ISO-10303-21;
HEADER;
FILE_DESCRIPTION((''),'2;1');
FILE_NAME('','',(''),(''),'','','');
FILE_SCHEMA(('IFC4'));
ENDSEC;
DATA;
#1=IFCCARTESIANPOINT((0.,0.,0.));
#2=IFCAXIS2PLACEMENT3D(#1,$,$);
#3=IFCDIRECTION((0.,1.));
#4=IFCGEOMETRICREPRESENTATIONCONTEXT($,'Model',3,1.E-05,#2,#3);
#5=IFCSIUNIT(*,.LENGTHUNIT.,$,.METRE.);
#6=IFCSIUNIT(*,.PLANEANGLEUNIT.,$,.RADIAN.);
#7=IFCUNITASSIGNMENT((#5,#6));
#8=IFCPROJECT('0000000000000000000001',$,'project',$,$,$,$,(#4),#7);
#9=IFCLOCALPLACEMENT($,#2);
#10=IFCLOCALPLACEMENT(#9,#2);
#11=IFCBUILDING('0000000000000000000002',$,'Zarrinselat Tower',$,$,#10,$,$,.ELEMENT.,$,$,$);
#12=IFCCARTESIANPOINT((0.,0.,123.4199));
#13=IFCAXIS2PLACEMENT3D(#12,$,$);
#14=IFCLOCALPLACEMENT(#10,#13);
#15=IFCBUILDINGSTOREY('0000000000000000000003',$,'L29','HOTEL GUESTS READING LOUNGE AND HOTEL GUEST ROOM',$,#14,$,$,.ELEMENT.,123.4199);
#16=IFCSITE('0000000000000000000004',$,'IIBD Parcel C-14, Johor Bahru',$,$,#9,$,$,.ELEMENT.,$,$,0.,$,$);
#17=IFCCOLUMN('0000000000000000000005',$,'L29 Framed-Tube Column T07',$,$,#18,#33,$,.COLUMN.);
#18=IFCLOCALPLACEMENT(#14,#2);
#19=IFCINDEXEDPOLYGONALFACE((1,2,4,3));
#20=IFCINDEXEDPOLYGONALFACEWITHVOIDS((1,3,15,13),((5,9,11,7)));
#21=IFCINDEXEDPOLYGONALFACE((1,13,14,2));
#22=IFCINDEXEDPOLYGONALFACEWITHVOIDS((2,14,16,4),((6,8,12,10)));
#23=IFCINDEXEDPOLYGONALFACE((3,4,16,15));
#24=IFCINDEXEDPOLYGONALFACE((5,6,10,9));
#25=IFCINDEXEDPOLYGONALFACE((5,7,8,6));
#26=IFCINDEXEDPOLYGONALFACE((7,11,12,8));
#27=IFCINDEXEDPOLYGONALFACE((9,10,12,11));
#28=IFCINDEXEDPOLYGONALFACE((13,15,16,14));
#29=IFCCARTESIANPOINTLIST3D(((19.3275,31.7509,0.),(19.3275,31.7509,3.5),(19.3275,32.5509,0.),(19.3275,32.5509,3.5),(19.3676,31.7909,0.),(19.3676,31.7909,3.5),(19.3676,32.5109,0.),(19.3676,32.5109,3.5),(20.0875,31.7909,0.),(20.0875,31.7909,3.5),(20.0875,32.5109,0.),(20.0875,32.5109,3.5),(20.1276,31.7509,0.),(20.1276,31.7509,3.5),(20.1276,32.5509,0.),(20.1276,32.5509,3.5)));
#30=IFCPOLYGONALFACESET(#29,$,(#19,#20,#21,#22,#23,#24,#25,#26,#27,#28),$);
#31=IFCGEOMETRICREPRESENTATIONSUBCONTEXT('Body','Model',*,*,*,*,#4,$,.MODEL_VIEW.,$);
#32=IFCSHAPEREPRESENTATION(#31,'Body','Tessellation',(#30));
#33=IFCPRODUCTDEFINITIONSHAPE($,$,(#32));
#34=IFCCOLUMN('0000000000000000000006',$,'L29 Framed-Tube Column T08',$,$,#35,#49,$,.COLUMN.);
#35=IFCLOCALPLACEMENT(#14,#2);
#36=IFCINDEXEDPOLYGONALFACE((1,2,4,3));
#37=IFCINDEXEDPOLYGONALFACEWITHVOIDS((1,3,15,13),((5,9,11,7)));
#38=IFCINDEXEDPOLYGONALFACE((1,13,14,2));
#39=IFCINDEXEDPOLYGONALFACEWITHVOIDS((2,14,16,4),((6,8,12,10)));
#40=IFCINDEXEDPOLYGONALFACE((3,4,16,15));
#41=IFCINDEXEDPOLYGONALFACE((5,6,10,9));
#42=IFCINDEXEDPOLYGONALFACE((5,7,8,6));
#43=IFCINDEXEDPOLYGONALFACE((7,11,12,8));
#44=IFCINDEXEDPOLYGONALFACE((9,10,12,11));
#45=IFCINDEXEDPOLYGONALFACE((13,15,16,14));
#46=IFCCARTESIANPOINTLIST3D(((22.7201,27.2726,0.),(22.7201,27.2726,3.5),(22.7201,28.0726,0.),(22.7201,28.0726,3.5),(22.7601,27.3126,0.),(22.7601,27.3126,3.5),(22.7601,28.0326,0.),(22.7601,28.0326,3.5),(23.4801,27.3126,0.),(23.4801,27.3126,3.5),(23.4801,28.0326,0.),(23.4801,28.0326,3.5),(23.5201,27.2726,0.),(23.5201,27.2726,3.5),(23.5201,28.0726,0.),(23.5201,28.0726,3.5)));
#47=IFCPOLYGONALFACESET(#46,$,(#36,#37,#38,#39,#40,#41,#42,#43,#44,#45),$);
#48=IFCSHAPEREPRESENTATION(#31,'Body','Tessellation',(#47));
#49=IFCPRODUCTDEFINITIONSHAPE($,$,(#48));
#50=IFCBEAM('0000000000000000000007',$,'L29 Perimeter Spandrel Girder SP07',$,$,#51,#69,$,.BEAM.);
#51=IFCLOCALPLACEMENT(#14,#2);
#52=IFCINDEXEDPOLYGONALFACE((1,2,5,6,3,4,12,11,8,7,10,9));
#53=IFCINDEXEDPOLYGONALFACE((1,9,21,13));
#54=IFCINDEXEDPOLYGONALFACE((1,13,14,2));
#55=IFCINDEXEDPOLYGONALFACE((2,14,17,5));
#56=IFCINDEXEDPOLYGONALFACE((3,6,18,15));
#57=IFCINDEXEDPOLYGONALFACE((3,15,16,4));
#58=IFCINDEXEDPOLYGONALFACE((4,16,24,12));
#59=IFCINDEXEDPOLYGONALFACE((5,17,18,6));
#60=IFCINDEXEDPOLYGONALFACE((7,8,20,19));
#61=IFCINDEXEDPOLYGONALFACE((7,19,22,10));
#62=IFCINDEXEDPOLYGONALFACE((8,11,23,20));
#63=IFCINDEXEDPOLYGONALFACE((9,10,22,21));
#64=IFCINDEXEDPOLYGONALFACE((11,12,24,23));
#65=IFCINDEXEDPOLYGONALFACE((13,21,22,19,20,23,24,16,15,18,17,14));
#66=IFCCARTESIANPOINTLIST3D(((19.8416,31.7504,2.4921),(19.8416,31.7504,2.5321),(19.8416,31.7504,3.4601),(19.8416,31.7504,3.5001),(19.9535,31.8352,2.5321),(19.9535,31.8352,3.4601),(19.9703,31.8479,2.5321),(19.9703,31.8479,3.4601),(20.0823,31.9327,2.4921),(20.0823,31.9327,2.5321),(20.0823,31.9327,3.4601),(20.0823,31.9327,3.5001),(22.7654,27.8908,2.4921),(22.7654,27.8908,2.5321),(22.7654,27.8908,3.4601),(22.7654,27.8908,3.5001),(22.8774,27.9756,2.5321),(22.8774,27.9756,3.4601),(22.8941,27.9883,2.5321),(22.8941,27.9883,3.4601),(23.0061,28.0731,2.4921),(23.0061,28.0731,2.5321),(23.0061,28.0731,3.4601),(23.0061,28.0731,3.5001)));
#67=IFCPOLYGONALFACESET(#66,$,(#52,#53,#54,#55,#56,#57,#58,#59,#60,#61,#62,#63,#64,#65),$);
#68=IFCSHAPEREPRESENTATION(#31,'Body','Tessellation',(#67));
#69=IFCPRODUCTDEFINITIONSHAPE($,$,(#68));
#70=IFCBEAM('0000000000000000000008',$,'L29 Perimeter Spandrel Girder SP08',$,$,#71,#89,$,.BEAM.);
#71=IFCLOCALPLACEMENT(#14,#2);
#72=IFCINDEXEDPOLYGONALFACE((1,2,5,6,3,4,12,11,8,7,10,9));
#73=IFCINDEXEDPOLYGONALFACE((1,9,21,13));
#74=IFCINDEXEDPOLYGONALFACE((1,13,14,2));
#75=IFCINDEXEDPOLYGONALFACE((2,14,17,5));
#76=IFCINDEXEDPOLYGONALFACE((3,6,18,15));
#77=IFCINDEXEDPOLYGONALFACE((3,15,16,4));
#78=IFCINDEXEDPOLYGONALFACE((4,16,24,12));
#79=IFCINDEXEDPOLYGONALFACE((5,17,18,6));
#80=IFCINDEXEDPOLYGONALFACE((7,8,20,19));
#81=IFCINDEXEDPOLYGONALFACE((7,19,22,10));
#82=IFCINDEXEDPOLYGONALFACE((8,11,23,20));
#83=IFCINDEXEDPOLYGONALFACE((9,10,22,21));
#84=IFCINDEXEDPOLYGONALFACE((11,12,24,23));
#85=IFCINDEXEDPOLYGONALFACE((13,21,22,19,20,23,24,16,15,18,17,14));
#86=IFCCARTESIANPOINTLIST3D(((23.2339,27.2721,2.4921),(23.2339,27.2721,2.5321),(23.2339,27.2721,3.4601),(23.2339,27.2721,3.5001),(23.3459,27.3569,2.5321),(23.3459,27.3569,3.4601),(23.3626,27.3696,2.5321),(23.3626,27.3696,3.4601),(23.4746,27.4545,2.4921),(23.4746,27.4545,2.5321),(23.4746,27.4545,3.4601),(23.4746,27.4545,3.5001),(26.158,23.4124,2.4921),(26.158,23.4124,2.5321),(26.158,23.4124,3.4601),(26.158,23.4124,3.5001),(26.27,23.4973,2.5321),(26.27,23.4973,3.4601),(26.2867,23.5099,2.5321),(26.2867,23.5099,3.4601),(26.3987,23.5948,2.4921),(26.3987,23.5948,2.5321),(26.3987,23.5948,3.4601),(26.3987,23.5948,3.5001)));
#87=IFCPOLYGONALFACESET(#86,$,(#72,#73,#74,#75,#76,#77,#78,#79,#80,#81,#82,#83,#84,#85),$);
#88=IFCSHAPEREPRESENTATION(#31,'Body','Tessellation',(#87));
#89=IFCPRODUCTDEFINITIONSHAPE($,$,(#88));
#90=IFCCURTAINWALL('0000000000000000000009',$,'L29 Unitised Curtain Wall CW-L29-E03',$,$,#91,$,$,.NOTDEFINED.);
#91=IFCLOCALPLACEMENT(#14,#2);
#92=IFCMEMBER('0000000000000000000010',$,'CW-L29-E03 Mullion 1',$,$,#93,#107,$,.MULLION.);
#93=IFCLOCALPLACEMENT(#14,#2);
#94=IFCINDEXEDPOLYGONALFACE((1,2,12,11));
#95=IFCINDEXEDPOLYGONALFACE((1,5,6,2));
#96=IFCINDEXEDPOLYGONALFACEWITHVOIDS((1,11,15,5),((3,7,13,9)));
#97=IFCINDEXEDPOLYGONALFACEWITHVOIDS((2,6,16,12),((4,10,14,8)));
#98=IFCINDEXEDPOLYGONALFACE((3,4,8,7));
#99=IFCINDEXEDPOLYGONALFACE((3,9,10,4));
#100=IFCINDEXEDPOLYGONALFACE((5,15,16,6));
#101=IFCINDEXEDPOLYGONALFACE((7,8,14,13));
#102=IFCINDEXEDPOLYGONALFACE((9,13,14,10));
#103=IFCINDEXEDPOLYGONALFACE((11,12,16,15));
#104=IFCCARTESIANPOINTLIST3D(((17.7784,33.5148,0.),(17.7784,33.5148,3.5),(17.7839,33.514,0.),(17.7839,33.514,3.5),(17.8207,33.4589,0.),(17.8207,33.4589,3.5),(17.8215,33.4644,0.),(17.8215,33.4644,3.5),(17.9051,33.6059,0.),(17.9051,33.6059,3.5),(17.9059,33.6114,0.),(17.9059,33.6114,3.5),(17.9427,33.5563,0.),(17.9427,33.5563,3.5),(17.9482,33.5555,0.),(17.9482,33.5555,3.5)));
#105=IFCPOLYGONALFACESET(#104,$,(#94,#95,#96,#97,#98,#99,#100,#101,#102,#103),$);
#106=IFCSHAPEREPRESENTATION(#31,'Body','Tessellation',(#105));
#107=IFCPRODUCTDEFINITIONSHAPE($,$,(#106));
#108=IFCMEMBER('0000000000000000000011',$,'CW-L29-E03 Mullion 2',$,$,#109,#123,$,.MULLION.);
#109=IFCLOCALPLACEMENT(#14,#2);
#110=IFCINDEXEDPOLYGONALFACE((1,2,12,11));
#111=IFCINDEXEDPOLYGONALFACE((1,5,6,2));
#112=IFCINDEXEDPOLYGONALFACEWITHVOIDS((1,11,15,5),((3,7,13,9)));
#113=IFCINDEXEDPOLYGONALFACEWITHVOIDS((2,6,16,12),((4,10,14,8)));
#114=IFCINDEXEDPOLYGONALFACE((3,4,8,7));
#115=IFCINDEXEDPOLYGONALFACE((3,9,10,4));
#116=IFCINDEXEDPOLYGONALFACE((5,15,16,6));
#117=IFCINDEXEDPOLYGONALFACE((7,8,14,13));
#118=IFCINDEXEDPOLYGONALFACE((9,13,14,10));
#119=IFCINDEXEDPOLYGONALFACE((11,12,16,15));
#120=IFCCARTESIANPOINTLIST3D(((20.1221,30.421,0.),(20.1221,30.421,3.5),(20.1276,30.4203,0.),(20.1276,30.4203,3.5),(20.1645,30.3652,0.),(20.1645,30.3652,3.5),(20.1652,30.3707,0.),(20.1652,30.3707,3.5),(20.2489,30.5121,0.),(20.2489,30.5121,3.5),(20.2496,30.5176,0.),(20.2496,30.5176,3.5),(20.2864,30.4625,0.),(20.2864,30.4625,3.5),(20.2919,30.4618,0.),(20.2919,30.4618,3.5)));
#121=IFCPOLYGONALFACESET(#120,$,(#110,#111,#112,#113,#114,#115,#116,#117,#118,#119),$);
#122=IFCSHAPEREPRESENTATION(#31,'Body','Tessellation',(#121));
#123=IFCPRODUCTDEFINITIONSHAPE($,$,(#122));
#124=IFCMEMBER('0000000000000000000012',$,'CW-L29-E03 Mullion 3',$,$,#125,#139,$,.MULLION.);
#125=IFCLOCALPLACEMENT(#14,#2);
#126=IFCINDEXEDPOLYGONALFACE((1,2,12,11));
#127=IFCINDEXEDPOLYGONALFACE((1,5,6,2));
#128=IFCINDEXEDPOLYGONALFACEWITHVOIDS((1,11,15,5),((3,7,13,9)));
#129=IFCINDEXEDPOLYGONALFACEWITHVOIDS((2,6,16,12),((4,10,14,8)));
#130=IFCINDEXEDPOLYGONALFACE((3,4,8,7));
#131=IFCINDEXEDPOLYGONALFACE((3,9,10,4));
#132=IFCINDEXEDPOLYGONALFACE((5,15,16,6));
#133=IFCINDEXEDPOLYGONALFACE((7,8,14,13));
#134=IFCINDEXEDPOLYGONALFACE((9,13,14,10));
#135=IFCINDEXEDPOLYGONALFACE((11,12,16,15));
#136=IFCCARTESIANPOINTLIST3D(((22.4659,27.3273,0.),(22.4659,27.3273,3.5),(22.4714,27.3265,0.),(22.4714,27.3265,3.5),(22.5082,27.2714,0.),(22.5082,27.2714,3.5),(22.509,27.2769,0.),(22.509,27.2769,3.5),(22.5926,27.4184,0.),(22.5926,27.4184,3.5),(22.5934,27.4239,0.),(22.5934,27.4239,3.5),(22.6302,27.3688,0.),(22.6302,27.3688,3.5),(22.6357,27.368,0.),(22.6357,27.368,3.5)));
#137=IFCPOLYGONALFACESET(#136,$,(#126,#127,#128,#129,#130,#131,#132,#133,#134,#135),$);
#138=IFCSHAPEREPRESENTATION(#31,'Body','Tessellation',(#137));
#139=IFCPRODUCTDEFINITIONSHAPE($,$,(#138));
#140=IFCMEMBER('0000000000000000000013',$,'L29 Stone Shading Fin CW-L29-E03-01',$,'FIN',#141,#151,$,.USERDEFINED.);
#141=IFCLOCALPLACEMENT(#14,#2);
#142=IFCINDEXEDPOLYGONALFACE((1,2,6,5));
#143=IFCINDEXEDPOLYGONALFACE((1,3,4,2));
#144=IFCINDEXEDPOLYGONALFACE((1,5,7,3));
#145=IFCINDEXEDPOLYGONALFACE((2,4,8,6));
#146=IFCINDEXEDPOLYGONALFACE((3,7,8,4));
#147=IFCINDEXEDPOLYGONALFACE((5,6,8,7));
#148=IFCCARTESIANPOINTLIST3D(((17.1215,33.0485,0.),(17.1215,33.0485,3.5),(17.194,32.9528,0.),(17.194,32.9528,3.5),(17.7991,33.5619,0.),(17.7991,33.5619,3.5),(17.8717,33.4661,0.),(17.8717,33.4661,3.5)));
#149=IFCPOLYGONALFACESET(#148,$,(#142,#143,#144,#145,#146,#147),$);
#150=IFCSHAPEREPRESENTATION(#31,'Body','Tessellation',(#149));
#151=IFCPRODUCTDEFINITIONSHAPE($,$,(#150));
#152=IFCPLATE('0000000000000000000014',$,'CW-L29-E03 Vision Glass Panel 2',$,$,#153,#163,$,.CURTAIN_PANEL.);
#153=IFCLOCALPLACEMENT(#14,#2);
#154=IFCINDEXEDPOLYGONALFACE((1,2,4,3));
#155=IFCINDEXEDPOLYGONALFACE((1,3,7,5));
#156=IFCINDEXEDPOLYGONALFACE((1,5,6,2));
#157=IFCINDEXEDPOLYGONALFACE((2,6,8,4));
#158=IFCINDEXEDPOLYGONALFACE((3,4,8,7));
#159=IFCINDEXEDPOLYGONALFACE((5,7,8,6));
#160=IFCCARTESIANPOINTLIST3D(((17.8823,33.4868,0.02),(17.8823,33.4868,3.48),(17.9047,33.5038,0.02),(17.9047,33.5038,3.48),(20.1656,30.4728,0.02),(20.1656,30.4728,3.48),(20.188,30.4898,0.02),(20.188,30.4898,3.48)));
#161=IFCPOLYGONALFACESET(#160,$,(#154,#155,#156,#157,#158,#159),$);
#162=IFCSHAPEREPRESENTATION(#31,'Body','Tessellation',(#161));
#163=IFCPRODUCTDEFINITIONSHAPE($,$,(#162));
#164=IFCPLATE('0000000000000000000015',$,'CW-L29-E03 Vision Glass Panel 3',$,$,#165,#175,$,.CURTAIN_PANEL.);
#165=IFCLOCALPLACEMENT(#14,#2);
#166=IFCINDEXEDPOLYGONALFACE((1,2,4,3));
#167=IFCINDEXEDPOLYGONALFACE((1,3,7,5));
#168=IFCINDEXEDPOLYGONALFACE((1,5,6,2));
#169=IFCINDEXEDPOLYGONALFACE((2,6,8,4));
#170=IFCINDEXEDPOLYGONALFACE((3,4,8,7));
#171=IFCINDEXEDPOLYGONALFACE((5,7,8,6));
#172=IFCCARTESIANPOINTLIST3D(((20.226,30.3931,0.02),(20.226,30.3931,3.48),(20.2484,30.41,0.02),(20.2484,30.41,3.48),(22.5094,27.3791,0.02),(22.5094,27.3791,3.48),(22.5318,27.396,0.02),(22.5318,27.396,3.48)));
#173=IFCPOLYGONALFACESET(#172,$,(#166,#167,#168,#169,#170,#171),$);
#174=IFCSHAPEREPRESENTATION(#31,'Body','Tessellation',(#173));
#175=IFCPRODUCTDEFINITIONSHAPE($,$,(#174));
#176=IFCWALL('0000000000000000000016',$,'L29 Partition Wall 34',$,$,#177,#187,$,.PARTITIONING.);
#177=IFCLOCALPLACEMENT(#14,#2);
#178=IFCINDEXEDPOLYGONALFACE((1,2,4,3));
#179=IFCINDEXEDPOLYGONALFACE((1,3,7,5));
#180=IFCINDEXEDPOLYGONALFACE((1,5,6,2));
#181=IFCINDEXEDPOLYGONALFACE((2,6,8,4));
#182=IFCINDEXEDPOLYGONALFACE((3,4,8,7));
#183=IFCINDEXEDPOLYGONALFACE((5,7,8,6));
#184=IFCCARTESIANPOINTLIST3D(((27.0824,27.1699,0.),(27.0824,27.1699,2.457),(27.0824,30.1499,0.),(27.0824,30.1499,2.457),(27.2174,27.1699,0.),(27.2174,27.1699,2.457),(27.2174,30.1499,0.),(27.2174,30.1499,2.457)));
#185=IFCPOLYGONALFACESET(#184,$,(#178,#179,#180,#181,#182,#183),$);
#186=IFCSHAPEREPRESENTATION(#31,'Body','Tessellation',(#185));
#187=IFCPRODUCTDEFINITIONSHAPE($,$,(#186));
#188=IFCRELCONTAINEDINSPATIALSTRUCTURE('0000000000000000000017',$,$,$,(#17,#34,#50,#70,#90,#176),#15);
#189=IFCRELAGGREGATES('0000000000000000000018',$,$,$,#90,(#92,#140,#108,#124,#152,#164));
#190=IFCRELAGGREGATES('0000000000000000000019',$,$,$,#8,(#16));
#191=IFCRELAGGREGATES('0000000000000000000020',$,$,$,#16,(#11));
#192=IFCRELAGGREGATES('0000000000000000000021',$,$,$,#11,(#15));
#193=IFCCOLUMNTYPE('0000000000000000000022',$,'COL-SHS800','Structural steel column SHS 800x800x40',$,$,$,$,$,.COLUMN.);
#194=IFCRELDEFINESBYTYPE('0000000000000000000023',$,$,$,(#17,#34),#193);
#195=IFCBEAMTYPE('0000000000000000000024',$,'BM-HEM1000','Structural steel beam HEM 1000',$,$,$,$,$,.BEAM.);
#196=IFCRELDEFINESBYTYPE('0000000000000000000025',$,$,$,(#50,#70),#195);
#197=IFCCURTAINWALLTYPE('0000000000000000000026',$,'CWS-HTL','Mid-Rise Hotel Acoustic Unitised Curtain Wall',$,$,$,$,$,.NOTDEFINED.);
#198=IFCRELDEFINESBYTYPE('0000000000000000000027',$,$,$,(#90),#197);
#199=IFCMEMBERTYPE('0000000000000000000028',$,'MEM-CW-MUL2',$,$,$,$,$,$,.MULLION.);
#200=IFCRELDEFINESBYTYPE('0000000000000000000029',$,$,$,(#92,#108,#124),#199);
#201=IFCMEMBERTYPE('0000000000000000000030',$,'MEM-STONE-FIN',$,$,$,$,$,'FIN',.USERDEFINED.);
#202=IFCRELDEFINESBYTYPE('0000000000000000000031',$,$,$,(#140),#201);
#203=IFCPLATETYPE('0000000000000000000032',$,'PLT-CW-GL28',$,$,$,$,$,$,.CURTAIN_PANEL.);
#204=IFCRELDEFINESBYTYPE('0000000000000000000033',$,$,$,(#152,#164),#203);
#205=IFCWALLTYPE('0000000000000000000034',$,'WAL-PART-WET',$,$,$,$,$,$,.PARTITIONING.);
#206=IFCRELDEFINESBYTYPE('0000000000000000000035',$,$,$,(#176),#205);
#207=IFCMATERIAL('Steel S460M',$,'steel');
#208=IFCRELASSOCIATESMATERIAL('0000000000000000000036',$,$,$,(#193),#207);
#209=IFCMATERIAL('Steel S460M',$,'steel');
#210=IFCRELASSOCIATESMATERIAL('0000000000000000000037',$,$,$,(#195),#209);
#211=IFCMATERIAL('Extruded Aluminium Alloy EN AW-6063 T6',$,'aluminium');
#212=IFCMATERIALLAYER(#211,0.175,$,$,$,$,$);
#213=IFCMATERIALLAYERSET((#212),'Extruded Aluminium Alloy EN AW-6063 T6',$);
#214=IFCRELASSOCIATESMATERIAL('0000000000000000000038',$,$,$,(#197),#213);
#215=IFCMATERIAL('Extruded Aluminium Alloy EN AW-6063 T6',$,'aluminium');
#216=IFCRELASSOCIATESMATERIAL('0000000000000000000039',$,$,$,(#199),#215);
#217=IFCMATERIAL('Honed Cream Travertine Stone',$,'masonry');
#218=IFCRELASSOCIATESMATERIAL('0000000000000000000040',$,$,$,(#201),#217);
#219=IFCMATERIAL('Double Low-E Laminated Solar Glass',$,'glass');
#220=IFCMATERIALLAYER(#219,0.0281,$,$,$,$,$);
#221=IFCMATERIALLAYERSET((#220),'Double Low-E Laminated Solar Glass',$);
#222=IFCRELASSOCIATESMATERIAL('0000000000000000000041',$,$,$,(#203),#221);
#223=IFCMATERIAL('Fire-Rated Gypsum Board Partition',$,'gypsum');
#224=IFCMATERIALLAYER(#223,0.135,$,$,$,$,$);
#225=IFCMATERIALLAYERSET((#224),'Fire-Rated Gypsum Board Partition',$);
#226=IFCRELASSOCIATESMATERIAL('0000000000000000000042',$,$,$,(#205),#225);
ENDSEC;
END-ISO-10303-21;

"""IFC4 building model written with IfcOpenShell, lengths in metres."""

from ifc_helpers import new_model, si_unit, direction, frame, frame_2d, origin, origin_2d, place, context, subcontext, project, spatial, rectangle, hollow_rectangle, i_section, extrude, material, layer, layer_set, material_profile, profile_set, type_object, element, aggregate, save


model = new_model("IFC4")

# Units and contexts
model_context = context("Model", 3, precision=1e-05, world=origin(), true_north=direction((0.0, 1.0)))
body_context = subcontext(model_context, "Body", "Model", "MODEL_VIEW")
ifc_project = project(units=[si_unit("LENGTHUNIT", "METRE"), si_unit("PLANEANGLEUNIT", "RADIAN")], contexts=[model_context])

# Site, building, storey
site_placement = place(None, origin())
site = spatial("IfcSite", under=ifc_project, at=site_placement, Name="IIBD Parcel C-14, Johor Bahru", CompositionType="ELEMENT", RefElevation=0.0)
building_placement = place(site_placement, origin())
building = spatial("IfcBuilding", under=site, at=building_placement, Name="Zarrinselat Tower", CompositionType="ELEMENT")
storey_placement = place(building_placement, frame((0.0, 0.0, 123.4199)))
storey = spatial("IfcBuildingStorey", under=building, at=storey_placement, Name="L29", Description="HOTEL GUESTS READING LOUNGE AND HOTEL GUEST ROOM", CompositionType="ELEMENT", Elevation=123.4199)

# Columns
ifc_material_1 = material(Name="Steel S460M", Category="steel")
ifc_material_profile_1 = material_profile(ifc_material_1, hollow_rectangle(XDim=0.8, YDim=0.8, WallThickness=0.04, at=origin_2d()), Name="SHS 800x800x40")
ifc_profile_set_1 = profile_set([ifc_material_profile_1], Name="Steel S460M")
column_type = type_object("IfcColumnType", Name="COL-SHS800", Description="Structural steel column SHS 800x800x40", PredefinedType="COLUMN", material=ifc_profile_set_1)
for number, where, z_axis, x_axis, name in (
    (1, (19.7275, 32.1509, 0.0), (0.0, 0.0, 1.0), (1.0, 0.0, 0.0), "L29 Framed-Tube Column T07"),
    (2, (23.1201, 27.6726, 0.0), (0.0, 0.0, 1.0), (1.0, 0.0, 0.0), "L29 Framed-Tube Column T08"),
):
    element("IfcColumn", number, at=place(storey_placement, frame(where, z_axis=z_axis, x_axis=x_axis)), inside=storey, type_object=column_type, Name=name, PredefinedType="COLUMN", context=body_context, shape_type="SweptSolid", body=[
        extrude(hollow_rectangle(XDim=0.8, YDim=0.8, WallThickness=0.04, at=origin_2d()), origin(), (0.0, 0.0, 1.0), 3.5),
    ])

# Beams
ifc_material_2 = material(Name="Steel S460M", Category="steel")
ifc_material_profile_2 = material_profile(ifc_material_2, i_section(OverallWidth=0.302, OverallDepth=1.0081, WebThickness=0.021, FlangeThickness=0.04, at=origin_2d()), Name="HEM 1000")
ifc_profile_set_2 = profile_set([ifc_material_profile_2], Name="Steel S460M")
beam_type = type_object("IfcBeamType", Name="BM-HEM1000", Description="Structural steel beam HEM 1000", PredefinedType="BEAM", material=ifc_profile_set_2)
beam_1_placement = place(storey_placement, frame((19.9619, 31.8416, 2.9961), z_axis=(0.603841, -0.797105, 0.0), x_axis=(0.797105, 0.603841, 0.0)))
element("IfcBeam", 3, at=beam_1_placement, inside=storey, type_object=beam_type, Name="L29 Perimeter Spandrel Girder SP07", PredefinedType="BEAM", context=body_context, shape_type="SweptSolid", body=[
    extrude(i_section(OverallWidth=0.302, OverallDepth=1.0081, WebThickness=0.021, FlangeThickness=0.04, at=origin_2d()), origin(), (0.0, 0.0, 1.0), 4.842),
])
beam_2_placement = place(storey_placement, frame((23.3542, 27.3633, 2.9961), z_axis=(0.603873, -0.79708, 0.0), x_axis=(0.79708, 0.603873, 0.0)))
element("IfcBeam", 4, at=beam_2_placement, inside=storey, type_object=beam_type, Name="L29 Perimeter Spandrel Girder SP08", PredefinedType="BEAM", context=body_context, shape_type="SweptSolid", body=[
    extrude(i_section(OverallWidth=0.302, OverallDepth=1.0081, WebThickness=0.021, FlangeThickness=0.04, at=origin_2d()), origin(), (0.0, 0.0, 1.0), 4.8423),
])

# Curtain wall, members, plates
ifc_material_3 = material(Name="Extruded Aluminium Alloy EN AW-6063 T6", Category="aluminium")
ifc_layer_1 = layer(ifc_material_3, 0.175)
ifc_layer_set_1 = layer_set([ifc_layer_1], Name="Extruded Aluminium Alloy EN AW-6063 T6")
curtain_wall_type = type_object("IfcCurtainWallType", Name="CWS-HTL", Description="Mid-Rise Hotel Acoustic Unitised Curtain Wall", PredefinedType="NOTDEFINED", material=ifc_layer_set_1)
curtain_wall_placement = place(storey_placement, origin())
curtain_wall = element("IfcCurtainWall", 5, at=curtain_wall_placement, inside=storey, type_object=curtain_wall_type, Name="L29 Unitised Curtain Wall CW-L29-E03", PredefinedType="NOTDEFINED")
ifc_material_4 = material(Name="Extruded Aluminium Alloy EN AW-6063 T6", Category="aluminium")
ifc_material_profile_3 = material_profile(ifc_material_4, hollow_rectangle(XDim=0.0701, YDim=0.1599, WallThickness=0.0039, at=origin_2d()), Name="RHS 160x70x4")
ifc_profile_set_3 = profile_set([ifc_material_profile_3], Name="Extruded Aluminium Alloy EN AW-6063 T6")
member_type_1 = type_object("IfcMemberType", Name="MEM-CW-MUL2", PredefinedType="MULLION", material=ifc_profile_set_3)
member_1_placement = place(storey_placement, frame((17.8633, 33.5352, 0.0), z_axis=(0.0, 0.0, 1.0), x_axis=(0.603858, -0.797092, 0.0)))
member_1 = element("IfcMember", 6, at=member_1_placement, type_object=member_type_1, Name="CW-L29-E03 Mullion 1", PredefinedType="MULLION", context=body_context, shape_type="SweptSolid", body=[
    extrude(hollow_rectangle(XDim=0.0701, YDim=0.1599, WallThickness=0.0039, at=origin_2d()), origin(), (0.0, 0.0, 1.0), 3.5),
])
member_2_placement = place(storey_placement, frame((20.207, 30.4414, 0.0), z_axis=(0.0, 0.0, 1.0), x_axis=(0.603858, -0.797092, 0.0)))
member_2 = element("IfcMember", 7, at=member_2_placement, type_object=member_type_1, Name="CW-L29-E03 Mullion 2", PredefinedType="MULLION", context=body_context, shape_type="SweptSolid", body=[
    extrude(hollow_rectangle(XDim=0.0701, YDim=0.1599, WallThickness=0.0039, at=origin_2d()), origin(), (0.0, 0.0, 1.0), 3.5),
])
member_3_placement = place(storey_placement, frame((22.5508, 27.3477, 0.0), z_axis=(0.0, 0.0, 1.0), x_axis=(0.603858, -0.797092, 0.0)))
member_3 = element("IfcMember", 8, at=member_3_placement, type_object=member_type_1, Name="CW-L29-E03 Mullion 3", PredefinedType="MULLION", context=body_context, shape_type="SweptSolid", body=[
    extrude(hollow_rectangle(XDim=0.0701, YDim=0.1599, WallThickness=0.0039, at=origin_2d()), origin(), (0.0, 0.0, 1.0), 3.5),
])
ifc_material_5 = material(Name="Honed Cream Travertine Stone", Category="masonry")
ifc_material_profile_4 = material_profile(ifc_material_5, rectangle(XDim=0.1201, YDim=0.8501, at=origin_2d()), Name="FIN 850x120")
ifc_profile_set_4 = profile_set([ifc_material_profile_4], Name="Honed Cream Travertine Stone")
member_type_2 = type_object("IfcMemberType", Name="MEM-STONE-FIN", ElementType="FIN", PredefinedType="USERDEFINED", material=ifc_profile_set_4)
member_4_placement = place(storey_placement, frame((17.4966, 33.2573, 0.0), z_axis=(0.0, 0.0, 1.0), x_axis=(-0.603858, 0.797092, 0.0)))
member_4 = element("IfcMember", 9, at=member_4_placement, type_object=member_type_2, Name="L29 Stone Shading Fin CW-L29-E03-01", ObjectType="FIN", PredefinedType="USERDEFINED", context=body_context, shape_type="SweptSolid", body=[
    extrude(rectangle(XDim=0.1201, YDim=0.8501, at=origin_2d()), origin(), (0.0, 0.0, 1.0), 3.5),
])
ifc_material_6 = material(Name="Double Low-E Laminated Solar Glass", Category="glass")
ifc_layer_2 = layer(ifc_material_6, 0.0281)
ifc_layer_set_2 = layer_set([ifc_layer_2], Name="Double Low-E Laminated Solar Glass")
plate_type = type_object("IfcPlateType", Name="PLT-CW-GL28", PredefinedType="CURTAIN_PANEL", material=ifc_layer_set_2)
plate_1_placement = place(storey_placement, frame((19.0352, 31.9883, 0.02), z_axis=(0.0, 0.0, 1.0), x_axis=(0.603858, -0.797092, 0.0)))
plate_1 = element("IfcPlate", 10, at=plate_1_placement, type_object=plate_type, Name="CW-L29-E03 Vision Glass Panel 2", PredefinedType="CURTAIN_PANEL", context=body_context, shape_type="SweptSolid", body=[
    extrude(rectangle(XDim=3.7812, YDim=0.0281, at=origin_2d()), origin(), (0.0, 0.0, 1.0), 3.46),
])
plate_2_placement = place(storey_placement, frame((21.3789, 28.8945, 0.02), z_axis=(0.0, 0.0, 1.0), x_axis=(0.603858, -0.797092, 0.0)))
plate_2 = element("IfcPlate", 11, at=plate_2_placement, type_object=plate_type, Name="CW-L29-E03 Vision Glass Panel 3", PredefinedType="CURTAIN_PANEL", context=body_context, shape_type="SweptSolid", body=[
    extrude(rectangle(XDim=3.7812, YDim=0.0281, at=origin_2d()), origin(), (0.0, 0.0, 1.0), 3.46),
])
aggregate(curtain_wall, [member_1, member_4, member_2, member_3, plate_1, plate_2])

# Wall
ifc_material_7 = material(Name="Fire-Rated Gypsum Board Partition", Category="gypsum")
ifc_layer_3 = layer(ifc_material_7, 0.135)
ifc_layer_set_3 = layer_set([ifc_layer_3], Name="Fire-Rated Gypsum Board Partition")
wall_type_1 = type_object("IfcWallType", Name="WAL-PART-WET", PredefinedType="PARTITIONING", material=ifc_layer_set_3)
wall_1_placement = place(storey_placement, frame((27.1499, 27.1699, 0.0), z_axis=(0.0, 0.0, 1.0), x_axis=(0.0, 1.0, 0.0)))
element("IfcWall", 12, at=wall_1_placement, inside=storey, type_object=wall_type_1, Name="L29 Partition Wall 34", PredefinedType="PARTITIONING", context=body_context, shape_type="SweptSolid", body=[
    extrude(rectangle(XDim=2.98, YDim=0.135, at=frame_2d((1.49, 0.0))), origin(), (0.0, 0.0, 1.0), 2.457),
])

save(model, "model.ifc")
